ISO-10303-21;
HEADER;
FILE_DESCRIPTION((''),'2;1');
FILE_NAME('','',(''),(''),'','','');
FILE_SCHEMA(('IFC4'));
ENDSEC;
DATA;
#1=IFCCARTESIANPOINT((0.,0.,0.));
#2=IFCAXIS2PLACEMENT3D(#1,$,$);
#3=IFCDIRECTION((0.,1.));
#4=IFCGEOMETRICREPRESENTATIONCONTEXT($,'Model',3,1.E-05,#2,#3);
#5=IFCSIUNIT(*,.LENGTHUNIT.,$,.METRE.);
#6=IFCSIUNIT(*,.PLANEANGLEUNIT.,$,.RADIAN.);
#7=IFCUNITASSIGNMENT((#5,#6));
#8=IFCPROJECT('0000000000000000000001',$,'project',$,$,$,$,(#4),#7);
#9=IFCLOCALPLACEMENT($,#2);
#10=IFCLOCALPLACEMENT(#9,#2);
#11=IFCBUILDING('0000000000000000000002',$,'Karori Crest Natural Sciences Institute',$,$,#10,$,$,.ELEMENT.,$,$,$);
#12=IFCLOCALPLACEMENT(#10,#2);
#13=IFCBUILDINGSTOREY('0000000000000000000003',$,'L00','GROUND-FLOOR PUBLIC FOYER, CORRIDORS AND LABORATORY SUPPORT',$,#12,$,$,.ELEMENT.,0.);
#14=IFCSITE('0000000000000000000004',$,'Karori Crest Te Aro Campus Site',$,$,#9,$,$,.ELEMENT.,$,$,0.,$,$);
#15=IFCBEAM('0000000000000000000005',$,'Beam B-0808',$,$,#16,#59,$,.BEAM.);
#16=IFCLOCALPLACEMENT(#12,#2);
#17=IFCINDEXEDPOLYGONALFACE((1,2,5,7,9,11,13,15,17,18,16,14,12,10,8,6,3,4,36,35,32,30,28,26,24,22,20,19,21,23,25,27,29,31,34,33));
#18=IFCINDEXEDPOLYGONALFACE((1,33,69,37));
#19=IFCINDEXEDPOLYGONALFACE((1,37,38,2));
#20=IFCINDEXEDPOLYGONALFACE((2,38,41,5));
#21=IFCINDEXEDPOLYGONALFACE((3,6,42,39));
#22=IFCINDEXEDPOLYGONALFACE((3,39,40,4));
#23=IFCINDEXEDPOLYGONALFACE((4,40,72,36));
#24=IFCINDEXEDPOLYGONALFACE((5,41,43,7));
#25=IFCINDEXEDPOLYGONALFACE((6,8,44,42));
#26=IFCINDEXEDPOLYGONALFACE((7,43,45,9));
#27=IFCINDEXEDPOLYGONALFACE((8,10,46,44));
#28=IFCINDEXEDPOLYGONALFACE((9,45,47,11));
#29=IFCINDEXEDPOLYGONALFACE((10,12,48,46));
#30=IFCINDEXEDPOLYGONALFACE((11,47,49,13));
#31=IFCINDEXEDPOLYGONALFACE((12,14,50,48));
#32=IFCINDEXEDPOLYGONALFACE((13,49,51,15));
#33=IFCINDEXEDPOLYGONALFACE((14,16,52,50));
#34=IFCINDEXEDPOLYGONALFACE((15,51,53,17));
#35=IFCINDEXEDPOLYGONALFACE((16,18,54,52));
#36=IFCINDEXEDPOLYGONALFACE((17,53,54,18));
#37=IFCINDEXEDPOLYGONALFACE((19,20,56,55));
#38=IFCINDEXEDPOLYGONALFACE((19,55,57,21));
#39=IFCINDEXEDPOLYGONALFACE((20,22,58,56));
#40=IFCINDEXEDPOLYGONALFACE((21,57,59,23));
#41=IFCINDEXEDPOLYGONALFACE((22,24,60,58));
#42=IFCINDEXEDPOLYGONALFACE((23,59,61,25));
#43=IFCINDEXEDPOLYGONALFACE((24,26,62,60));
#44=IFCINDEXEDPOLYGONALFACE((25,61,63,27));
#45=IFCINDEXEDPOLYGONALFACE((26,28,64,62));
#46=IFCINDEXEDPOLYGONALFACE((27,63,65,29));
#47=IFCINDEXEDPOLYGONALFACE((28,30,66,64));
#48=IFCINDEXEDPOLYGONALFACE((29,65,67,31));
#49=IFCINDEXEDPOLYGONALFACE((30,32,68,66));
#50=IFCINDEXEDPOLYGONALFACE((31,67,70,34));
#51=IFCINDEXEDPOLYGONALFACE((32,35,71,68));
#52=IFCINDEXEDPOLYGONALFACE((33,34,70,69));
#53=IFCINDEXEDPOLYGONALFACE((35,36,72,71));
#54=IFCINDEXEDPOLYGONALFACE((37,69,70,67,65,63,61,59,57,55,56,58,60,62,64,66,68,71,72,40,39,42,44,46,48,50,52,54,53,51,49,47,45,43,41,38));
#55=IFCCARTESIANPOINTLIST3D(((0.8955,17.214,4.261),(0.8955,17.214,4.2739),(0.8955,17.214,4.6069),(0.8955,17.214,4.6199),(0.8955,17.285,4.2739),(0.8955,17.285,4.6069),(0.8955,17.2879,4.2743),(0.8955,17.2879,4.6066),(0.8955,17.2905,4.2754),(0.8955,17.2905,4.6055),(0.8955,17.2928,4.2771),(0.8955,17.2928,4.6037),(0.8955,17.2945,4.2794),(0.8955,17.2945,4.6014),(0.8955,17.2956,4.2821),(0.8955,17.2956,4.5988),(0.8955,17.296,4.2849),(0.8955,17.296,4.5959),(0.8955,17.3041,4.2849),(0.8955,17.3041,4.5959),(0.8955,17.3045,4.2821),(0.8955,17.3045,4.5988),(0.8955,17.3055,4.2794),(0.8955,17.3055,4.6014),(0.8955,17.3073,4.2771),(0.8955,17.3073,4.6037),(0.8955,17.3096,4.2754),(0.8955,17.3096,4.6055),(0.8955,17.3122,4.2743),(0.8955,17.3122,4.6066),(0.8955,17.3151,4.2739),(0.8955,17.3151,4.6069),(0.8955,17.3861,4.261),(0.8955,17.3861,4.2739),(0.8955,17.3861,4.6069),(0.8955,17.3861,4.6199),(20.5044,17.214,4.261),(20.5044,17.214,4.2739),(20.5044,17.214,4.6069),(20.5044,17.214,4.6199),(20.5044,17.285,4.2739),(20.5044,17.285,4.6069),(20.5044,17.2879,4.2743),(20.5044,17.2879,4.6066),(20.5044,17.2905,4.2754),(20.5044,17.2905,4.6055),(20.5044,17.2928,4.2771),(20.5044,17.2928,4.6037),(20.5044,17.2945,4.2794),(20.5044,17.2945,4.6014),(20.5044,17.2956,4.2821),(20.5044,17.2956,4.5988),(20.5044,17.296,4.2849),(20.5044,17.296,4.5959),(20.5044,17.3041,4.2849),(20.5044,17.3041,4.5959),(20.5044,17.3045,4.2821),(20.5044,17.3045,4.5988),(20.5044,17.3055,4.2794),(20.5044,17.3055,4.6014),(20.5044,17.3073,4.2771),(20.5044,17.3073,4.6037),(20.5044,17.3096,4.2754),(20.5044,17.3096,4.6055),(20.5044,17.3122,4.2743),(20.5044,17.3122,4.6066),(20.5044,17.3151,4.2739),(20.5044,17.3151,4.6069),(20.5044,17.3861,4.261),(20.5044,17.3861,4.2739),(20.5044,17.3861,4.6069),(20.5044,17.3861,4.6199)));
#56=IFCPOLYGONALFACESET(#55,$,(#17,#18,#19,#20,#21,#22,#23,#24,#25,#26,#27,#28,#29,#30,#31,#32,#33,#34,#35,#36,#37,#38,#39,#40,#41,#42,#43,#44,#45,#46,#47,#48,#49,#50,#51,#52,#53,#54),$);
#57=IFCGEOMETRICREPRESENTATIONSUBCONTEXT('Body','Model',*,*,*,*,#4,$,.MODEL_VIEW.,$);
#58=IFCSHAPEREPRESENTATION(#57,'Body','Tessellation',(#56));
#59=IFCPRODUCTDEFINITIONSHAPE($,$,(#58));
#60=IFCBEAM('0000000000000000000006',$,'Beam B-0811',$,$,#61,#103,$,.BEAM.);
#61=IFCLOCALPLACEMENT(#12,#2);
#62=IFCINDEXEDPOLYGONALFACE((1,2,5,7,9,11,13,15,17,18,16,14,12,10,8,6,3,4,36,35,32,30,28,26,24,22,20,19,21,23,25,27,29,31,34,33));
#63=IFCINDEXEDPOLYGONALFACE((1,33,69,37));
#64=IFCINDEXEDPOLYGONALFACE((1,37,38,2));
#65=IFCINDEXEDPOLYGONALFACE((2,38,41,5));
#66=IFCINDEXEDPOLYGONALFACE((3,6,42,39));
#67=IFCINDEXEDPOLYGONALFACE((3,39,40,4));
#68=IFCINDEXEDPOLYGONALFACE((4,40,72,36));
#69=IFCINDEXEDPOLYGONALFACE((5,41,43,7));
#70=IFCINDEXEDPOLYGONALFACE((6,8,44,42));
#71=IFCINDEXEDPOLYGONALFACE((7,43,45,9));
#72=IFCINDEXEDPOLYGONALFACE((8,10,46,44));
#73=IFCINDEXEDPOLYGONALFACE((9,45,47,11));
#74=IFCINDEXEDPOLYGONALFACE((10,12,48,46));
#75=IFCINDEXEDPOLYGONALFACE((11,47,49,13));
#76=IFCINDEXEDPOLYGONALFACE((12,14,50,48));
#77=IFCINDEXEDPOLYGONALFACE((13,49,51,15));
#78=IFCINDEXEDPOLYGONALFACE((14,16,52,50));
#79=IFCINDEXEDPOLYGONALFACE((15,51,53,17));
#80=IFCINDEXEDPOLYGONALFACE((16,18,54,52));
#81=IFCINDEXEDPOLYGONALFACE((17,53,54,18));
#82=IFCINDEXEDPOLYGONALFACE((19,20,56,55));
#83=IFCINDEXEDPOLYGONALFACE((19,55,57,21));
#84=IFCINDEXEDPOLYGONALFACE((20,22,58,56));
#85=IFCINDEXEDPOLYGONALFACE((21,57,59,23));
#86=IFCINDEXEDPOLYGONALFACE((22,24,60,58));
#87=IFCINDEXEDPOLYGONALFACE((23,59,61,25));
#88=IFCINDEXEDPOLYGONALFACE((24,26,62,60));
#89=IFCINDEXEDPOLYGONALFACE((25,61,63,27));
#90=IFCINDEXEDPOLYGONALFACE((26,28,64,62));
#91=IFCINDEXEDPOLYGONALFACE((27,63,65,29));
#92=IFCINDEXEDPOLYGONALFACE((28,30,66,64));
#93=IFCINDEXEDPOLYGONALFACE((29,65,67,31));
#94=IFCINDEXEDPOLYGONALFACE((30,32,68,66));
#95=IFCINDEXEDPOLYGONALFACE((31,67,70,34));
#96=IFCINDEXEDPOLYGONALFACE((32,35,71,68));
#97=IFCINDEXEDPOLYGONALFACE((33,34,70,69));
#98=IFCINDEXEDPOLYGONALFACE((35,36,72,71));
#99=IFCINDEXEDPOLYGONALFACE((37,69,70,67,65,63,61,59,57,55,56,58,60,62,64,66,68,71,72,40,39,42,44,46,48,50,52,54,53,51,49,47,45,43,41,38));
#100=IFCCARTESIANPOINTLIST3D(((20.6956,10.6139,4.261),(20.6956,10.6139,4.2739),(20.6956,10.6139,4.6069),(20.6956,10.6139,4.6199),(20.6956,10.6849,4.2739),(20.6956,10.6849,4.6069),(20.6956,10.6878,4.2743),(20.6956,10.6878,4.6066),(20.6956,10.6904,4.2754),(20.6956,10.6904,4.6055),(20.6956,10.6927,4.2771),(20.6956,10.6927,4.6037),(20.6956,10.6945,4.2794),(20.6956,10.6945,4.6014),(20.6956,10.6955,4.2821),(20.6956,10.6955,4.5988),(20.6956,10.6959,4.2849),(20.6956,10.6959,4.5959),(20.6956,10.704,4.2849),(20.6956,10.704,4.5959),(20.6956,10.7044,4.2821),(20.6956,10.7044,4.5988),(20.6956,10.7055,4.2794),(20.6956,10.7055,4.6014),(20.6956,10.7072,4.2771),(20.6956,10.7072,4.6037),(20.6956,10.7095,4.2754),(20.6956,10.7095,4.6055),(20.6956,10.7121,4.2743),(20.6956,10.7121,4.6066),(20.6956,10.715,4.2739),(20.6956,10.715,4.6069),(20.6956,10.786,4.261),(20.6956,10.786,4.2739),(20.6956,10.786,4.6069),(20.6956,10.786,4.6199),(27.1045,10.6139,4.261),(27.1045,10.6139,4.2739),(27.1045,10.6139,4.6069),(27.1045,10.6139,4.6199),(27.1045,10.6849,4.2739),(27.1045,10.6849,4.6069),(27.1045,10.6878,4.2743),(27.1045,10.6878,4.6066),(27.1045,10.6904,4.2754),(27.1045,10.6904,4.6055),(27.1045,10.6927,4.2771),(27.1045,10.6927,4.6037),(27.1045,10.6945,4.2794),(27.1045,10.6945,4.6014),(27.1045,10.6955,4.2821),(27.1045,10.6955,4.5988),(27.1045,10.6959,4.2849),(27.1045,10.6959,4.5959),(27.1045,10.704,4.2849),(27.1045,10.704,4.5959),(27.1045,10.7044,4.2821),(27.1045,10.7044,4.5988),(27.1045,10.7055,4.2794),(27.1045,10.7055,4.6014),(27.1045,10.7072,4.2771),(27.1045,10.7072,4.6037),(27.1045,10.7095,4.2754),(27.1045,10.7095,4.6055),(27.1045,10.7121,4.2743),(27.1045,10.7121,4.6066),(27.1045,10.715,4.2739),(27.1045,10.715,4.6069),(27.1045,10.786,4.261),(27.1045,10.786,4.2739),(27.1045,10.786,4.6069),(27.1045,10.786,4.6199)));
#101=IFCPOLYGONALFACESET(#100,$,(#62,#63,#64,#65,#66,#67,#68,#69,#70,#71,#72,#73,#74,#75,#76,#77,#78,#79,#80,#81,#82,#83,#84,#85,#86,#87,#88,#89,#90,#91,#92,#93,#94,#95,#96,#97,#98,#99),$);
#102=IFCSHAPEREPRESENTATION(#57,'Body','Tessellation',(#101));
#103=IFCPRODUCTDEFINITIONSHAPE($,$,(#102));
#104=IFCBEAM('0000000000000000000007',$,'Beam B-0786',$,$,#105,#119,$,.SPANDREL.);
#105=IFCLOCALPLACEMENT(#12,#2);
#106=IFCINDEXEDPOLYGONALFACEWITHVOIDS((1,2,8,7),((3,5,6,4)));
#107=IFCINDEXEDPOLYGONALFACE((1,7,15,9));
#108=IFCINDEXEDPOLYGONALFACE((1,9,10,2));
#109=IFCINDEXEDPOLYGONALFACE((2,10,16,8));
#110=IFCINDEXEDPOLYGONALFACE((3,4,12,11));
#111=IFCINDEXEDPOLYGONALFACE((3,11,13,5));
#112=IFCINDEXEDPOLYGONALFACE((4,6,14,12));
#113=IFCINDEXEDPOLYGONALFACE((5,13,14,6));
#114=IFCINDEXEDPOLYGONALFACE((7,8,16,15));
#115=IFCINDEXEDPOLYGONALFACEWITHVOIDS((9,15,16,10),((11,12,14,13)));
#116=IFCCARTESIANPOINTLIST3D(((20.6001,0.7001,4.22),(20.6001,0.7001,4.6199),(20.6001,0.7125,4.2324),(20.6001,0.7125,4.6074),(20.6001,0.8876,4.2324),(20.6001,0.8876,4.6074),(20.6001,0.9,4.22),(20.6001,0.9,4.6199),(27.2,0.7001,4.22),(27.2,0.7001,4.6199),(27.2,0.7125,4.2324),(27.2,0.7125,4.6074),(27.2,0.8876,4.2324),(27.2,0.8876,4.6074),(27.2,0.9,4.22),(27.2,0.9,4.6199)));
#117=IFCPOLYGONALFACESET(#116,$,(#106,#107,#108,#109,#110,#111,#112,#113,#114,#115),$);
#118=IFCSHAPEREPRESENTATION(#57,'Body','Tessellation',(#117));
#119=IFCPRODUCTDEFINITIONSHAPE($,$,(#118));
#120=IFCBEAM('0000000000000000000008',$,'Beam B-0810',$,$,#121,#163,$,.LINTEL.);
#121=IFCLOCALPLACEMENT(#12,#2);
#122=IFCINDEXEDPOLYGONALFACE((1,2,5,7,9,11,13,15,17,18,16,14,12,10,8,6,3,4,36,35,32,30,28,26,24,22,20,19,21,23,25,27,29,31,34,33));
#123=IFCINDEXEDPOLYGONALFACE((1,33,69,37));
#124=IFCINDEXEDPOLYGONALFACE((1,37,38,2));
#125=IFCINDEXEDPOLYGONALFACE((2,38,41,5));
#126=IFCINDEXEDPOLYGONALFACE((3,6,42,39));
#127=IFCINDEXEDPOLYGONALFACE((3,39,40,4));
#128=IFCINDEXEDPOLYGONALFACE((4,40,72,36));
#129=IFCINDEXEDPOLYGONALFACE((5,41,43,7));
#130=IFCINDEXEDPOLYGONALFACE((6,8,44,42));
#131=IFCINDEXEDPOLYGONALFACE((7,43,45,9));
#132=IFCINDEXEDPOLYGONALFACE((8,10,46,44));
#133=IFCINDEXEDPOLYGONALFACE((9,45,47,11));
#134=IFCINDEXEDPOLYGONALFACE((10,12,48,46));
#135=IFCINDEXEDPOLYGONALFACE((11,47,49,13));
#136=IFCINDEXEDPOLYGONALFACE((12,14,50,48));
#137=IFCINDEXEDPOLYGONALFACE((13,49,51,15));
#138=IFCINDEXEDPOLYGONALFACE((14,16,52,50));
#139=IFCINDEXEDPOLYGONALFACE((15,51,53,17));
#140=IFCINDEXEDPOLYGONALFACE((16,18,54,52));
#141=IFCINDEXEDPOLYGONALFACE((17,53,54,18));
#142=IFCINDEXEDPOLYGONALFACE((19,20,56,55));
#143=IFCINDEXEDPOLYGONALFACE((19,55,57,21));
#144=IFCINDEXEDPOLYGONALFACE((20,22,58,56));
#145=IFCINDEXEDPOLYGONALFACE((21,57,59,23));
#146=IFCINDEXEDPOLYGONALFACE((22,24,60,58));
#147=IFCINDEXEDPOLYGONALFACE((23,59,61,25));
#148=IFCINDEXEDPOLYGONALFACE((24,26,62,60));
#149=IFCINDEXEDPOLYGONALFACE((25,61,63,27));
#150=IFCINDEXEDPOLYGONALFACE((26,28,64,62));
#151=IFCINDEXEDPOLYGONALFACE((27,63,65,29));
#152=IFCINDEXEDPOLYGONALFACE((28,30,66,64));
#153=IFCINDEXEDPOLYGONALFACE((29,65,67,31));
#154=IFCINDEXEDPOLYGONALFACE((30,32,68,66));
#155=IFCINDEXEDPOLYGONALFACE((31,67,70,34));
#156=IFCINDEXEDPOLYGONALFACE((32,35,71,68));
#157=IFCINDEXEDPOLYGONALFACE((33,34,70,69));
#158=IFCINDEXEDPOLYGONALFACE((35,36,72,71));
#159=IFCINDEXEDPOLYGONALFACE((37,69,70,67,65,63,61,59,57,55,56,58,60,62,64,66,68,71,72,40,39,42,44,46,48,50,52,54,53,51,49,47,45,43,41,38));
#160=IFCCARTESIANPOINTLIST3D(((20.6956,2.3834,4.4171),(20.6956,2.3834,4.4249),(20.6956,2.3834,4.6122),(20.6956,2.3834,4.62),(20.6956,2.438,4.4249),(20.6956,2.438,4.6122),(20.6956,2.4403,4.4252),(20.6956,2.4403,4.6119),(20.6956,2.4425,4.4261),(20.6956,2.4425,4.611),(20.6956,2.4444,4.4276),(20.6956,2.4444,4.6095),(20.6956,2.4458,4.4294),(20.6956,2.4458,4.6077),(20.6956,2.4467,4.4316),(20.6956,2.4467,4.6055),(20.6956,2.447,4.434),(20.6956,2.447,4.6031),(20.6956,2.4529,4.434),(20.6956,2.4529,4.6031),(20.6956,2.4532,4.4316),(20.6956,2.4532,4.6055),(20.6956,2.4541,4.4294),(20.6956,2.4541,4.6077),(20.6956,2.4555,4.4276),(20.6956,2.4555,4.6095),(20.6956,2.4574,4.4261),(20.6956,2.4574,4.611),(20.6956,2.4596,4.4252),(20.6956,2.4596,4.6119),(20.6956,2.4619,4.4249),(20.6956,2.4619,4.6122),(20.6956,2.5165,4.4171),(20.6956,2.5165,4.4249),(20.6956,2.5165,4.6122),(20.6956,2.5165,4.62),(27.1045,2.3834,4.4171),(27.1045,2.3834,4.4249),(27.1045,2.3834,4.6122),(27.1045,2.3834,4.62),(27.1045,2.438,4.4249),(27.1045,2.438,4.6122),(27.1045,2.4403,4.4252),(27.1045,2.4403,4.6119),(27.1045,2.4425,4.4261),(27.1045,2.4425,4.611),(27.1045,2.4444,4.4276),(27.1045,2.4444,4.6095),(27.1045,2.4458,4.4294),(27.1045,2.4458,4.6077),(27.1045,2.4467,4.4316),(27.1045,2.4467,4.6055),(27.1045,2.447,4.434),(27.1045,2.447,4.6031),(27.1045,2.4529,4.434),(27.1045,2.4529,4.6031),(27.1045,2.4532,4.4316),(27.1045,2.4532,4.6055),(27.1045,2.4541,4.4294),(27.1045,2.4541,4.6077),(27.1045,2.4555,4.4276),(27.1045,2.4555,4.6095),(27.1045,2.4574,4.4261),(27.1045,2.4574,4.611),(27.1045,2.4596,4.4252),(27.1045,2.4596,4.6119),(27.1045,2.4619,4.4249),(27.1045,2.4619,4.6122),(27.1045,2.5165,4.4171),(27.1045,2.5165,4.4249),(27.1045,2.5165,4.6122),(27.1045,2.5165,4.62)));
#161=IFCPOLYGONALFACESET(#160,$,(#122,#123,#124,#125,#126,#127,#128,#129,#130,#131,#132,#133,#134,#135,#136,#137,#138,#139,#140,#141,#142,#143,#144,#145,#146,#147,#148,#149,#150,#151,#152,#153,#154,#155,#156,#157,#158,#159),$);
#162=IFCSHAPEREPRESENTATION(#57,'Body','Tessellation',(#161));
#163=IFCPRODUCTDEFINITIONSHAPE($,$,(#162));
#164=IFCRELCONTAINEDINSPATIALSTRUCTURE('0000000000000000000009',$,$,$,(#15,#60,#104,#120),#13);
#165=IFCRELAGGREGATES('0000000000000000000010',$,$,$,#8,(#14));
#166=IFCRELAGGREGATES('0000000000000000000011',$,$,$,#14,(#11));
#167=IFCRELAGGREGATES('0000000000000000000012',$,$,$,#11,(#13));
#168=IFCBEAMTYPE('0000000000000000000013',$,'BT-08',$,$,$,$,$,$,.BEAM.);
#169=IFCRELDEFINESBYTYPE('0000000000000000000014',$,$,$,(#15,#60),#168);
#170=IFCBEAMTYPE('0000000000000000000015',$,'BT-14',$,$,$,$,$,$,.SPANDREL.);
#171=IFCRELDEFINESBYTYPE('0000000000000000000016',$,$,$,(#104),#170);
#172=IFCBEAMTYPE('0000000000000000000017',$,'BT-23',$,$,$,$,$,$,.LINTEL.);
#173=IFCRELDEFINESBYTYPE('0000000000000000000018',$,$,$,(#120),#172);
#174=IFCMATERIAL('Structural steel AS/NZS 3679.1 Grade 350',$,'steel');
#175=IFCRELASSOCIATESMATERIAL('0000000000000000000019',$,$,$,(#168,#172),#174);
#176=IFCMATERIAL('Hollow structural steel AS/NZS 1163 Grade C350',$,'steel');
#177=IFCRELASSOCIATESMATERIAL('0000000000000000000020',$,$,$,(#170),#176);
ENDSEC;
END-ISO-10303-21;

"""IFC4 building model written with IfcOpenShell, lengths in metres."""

from ifc_helpers import new_model, si_unit, direction, frame, origin, origin_2d, place, context, subcontext, project, spatial, hollow_rectangle, i_section, extrude, material, material_profile, profile_set, type_object, element, save


model = new_model("IFC4")

# Units and contexts
model_context = context("Model", 3, precision=1e-05, world=origin(), true_north=direction((0.0, 1.0)))
body_context = subcontext(model_context, "Body", "Model", "MODEL_VIEW")
ifc_project = project(units=[si_unit("LENGTHUNIT", "METRE"), si_unit("PLANEANGLEUNIT", "RADIAN")], contexts=[model_context])

# Site, building, storey
site_placement = place(None, origin())
site = spatial("IfcSite", under=ifc_project, at=site_placement, Name="Karori Crest Te Aro Campus Site", CompositionType="ELEMENT", RefElevation=0.0)
building_placement = place(site_placement, origin())
building = spatial("IfcBuilding", under=site, at=building_placement, Name="Karori Crest Natural Sciences Institute", CompositionType="ELEMENT")
storey_placement = place(building_placement, origin())
storey = spatial("IfcBuildingStorey", under=building, at=storey_placement, Name="L00", Description="GROUND-FLOOR PUBLIC FOYER, CORRIDORS AND LABORATORY SUPPORT", CompositionType="ELEMENT", Elevation=0.0)

# Shared definitions
ifc_material_1 = material(Name="Structural steel AS/NZS 3679.1 Grade 350", Category="steel")
ifc_material_2 = material(Name="Hollow structural steel AS/NZS 1163 Grade C350", Category="steel")

# Beams
ifc_material_profile_1 = material_profile(ifc_material_1, i_section(OverallWidth=0.1721, OverallDepth=0.3589, WebThickness=0.0081, FlangeThickness=0.0129, FilletRadius=0.011, at=origin_2d()), Name="360UB56.7")
ifc_profile_set_1 = profile_set([ifc_material_profile_1], Name="Structural steel AS/NZS 3679.1 Grade 350")
beam_type_1 = type_object("IfcBeamType", Name="BT-08", PredefinedType="BEAM", material=ifc_profile_set_1)
for number, where, z_axis, x_axis, name in (
    (1, (0.8955, 17.3, 4.4404), (1.0, 0.0, 0.0), (0.0, 1.0, 0.0), "Beam B-0808"),
):
    element("IfcBeam", number, at=place(storey_placement, frame(where, z_axis=z_axis, x_axis=x_axis)), inside=storey, type_object=beam_type_1, Name=name, PredefinedType="BEAM", context=body_context, shape_type="SweptSolid", body=[
        extrude(i_section(OverallWidth=0.1721, OverallDepth=0.3589, WebThickness=0.0081, FlangeThickness=0.0129, FilletRadius=0.011, at=origin_2d()), origin(), (0.0, 0.0, 1.0), 19.6089),
    ])
beam_1_placement = place(storey_placement, frame((20.6956, 10.7, 4.4404), z_axis=(1.0, 0.0, 0.0), x_axis=(0.0, 1.0, 0.0)))
element("IfcBeam", 2, at=beam_1_placement, inside=storey, type_object=beam_type_1, Name="Beam B-0811", PredefinedType="BEAM", context=body_context, shape_type="SweptSolid", body=[
    extrude(i_section(OverallWidth=0.1721, OverallDepth=0.3589, WebThickness=0.0081, FlangeThickness=0.0129, FilletRadius=0.011, at=origin_2d()), origin(), (0.0, 0.0, 1.0), 6.4089),
])
ifc_material_profile_2 = material_profile(ifc_material_2, hollow_rectangle(XDim=0.2, YDim=0.3999, WallThickness=0.0125, at=origin_2d()), Name="RHS400x200x12.5")
ifc_profile_set_2 = profile_set([ifc_material_profile_2], Name="Hollow structural steel AS/NZS 1163 Grade C350")
beam_type_2 = type_object("IfcBeamType", Name="BT-14", PredefinedType="SPANDREL", material=ifc_profile_set_2)
beam_2_placement = place(storey_placement, frame((20.6001, 0.8, 4.4199), z_axis=(1.0, 0.0, 0.0), x_axis=(0.0, 1.0, 0.0)))
element("IfcBeam", 3, at=beam_2_placement, inside=storey, type_object=beam_type_2, Name="Beam B-0786", PredefinedType="SPANDREL", context=body_context, shape_type="SweptSolid", body=[
    extrude(hollow_rectangle(XDim=0.2, YDim=0.3999, WallThickness=0.0125, at=origin_2d()), origin(), (0.0, 0.0, 1.0), 6.5999),
])
ifc_material_profile_3 = material_profile(ifc_material_1, i_section(OverallWidth=0.1331, OverallDepth=0.2029, WebThickness=0.0059, FlangeThickness=0.0078, FilletRadius=0.009, at=origin_2d()), Name="200UB25.4")
ifc_profile_set_3 = profile_set([ifc_material_profile_3], Name="Structural steel AS/NZS 3679.1 Grade 350")
beam_type_3 = type_object("IfcBeamType", Name="BT-23", PredefinedType="LINTEL", material=ifc_profile_set_3)
beam_3_placement = place(storey_placement, frame((20.6956, 2.45, 4.5186), z_axis=(1.0, 0.0, 0.0), x_axis=(0.0, 1.0, 0.0)))
element("IfcBeam", 4, at=beam_3_placement, inside=storey, type_object=beam_type_3, Name="Beam B-0810", PredefinedType="LINTEL", context=body_context, shape_type="SweptSolid", body=[
    extrude(i_section(OverallWidth=0.1331, OverallDepth=0.2029, WebThickness=0.0059, FlangeThickness=0.0078, FilletRadius=0.009, at=origin_2d()), origin(), (0.0, 0.0, 1.0), 6.4089),
])

save(model, "model.ifc")
